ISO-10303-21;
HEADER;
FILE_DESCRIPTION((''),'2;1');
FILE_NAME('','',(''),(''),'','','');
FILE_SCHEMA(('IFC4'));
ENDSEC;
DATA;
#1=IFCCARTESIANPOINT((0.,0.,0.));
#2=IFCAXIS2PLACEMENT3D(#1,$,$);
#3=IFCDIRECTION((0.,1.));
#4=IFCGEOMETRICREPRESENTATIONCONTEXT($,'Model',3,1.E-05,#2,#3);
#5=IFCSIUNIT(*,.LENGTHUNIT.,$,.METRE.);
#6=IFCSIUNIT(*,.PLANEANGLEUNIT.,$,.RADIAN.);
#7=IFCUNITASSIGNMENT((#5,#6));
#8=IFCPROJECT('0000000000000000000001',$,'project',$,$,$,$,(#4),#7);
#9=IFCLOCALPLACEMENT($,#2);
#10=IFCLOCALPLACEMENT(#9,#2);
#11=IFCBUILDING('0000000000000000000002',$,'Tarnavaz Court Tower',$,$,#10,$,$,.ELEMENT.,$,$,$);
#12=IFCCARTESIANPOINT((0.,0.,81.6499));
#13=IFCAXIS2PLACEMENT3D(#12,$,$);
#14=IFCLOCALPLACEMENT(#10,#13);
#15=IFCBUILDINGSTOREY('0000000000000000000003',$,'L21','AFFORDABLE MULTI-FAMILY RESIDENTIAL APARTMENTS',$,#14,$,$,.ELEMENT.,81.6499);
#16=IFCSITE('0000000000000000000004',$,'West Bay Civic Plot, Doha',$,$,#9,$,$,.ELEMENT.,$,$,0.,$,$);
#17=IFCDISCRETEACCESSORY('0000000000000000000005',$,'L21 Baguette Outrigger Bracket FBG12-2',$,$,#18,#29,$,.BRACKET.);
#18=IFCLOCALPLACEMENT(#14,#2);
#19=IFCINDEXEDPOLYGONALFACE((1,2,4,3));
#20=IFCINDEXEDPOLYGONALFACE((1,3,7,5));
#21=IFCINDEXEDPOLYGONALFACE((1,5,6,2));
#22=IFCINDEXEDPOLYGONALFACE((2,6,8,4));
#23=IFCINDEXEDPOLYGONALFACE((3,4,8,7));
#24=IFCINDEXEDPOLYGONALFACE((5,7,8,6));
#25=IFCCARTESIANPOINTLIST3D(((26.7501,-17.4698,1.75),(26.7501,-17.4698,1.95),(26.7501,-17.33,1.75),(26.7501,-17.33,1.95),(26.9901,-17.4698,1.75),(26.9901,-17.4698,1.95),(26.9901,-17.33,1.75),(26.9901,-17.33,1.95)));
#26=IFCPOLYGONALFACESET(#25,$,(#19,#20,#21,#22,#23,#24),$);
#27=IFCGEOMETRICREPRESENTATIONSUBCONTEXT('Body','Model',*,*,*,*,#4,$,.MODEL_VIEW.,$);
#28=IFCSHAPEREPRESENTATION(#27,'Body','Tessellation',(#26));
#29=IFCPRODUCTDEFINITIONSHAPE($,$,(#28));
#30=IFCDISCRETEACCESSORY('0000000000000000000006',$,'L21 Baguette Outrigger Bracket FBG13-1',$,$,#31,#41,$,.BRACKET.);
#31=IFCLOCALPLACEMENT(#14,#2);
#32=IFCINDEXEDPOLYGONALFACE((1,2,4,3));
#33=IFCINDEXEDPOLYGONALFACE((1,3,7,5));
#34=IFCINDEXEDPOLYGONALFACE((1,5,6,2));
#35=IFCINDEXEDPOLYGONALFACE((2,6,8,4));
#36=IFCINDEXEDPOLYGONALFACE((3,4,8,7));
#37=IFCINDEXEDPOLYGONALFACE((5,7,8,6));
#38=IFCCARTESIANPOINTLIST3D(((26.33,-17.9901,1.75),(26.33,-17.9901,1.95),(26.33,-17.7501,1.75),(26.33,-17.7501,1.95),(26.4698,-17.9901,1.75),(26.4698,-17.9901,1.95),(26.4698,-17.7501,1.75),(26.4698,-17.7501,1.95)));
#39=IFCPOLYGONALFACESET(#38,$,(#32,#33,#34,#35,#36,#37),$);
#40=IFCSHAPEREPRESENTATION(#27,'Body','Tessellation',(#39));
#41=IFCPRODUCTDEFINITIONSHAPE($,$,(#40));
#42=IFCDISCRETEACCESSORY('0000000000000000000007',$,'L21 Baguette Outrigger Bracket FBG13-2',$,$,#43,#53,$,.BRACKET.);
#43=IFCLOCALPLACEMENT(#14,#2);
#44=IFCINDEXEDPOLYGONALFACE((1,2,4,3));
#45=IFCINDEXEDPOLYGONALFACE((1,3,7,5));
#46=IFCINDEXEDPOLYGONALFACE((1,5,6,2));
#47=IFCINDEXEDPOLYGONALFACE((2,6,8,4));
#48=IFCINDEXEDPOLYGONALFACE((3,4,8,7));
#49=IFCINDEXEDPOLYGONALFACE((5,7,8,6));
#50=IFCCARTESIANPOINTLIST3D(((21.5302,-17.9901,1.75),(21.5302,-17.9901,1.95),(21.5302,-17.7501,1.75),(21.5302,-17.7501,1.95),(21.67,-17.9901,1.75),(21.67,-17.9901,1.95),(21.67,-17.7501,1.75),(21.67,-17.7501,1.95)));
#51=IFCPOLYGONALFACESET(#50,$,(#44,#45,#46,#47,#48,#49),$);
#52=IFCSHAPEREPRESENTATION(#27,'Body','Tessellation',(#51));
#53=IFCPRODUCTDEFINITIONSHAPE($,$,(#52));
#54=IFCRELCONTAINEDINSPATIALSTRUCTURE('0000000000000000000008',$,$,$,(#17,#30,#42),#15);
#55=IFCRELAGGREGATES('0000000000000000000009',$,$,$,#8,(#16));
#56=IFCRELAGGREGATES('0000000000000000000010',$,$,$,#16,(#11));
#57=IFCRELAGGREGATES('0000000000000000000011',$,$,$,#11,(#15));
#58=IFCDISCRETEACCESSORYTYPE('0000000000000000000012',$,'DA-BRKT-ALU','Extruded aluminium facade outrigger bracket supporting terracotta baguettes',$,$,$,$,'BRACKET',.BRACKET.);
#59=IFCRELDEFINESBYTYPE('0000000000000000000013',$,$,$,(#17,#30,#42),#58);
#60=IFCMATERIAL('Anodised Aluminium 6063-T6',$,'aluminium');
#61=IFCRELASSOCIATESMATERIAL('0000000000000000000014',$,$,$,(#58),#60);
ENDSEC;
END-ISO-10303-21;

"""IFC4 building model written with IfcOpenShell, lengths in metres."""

from ifc_helpers import new_model, si_unit, direction, frame, origin, origin_2d, place, context, subcontext, project, spatial, rectangle, extrude, material, type_object, element, save


model = new_model("IFC4")

# Units and contexts
model_context = context("Model", 3, precision=1e-05, world=origin(), true_north=direction((0.0, 1.0)))
body_context = subcontext(model_context, "Body", "Model", "MODEL_VIEW")
ifc_project = project(units=[si_unit("LENGTHUNIT", "METRE"), si_unit("PLANEANGLEUNIT", "RADIAN")], contexts=[model_context])

# Site, building, storey
site_placement = place(None, origin())
site = spatial("IfcSite", under=ifc_project, at=site_placement, Name="West Bay Civic Plot, Doha", CompositionType="ELEMENT", RefElevation=0.0)
building_placement = place(site_placement, origin())
building = spatial("IfcBuilding", under=site, at=building_placement, Name="Tarnavaz Court Tower", CompositionType="ELEMENT")
storey_placement = place(building_placement, frame((0.0, 0.0, 81.6499)))
storey = spatial("IfcBuildingStorey", under=building, at=storey_placement, Name="L21", Description="AFFORDABLE MULTI-FAMILY RESIDENTIAL APARTMENTS", CompositionType="ELEMENT", Elevation=81.6499)

# Discrete accessories
ifc_material_1 = material(Name="Anodised Aluminium 6063-T6", Category="aluminium")
discrete_accessory_type = type_object("IfcDiscreteAccessoryType", Name="DA-BRKT-ALU", Description="Extruded aluminium facade outrigger bracket supporting terracotta baguettes", ElementType="BRACKET", PredefinedType="BRACKET", material=ifc_material_1)
for number, where, z_axis, x_axis, name in (
    (1, (26.8701, -17.3999, 1.75), (0.0, 0.0, 1.0), (0.0, -1.0, 0.0), "L21 Baguette Outrigger Bracket FBG12-2"),
    (2, (26.3999, -17.8701, 1.75), (0.0, 0.0, 1.0), (-1.0, 0.0, 0.0), "L21 Baguette Outrigger Bracket FBG13-1"),
    (3, (21.6001, -17.8701, 1.75), (0.0, 0.0, 1.0), (-1.0, 0.0, 0.0), "L21 Baguette Outrigger Bracket FBG13-2"),
):
    element("IfcDiscreteAccessory", number, at=place(storey_placement, frame(where, z_axis=z_axis, x_axis=x_axis)), inside=storey, type_object=discrete_accessory_type, Name=name, PredefinedType="BRACKET", context=body_context, shape_type="SweptSolid", body=[
        extrude(rectangle(XDim=0.1399, YDim=0.24, at=origin_2d()), origin(), (0.0, 0.0, 1.0), 0.2),
    ])

save(model, "model.ifc")
